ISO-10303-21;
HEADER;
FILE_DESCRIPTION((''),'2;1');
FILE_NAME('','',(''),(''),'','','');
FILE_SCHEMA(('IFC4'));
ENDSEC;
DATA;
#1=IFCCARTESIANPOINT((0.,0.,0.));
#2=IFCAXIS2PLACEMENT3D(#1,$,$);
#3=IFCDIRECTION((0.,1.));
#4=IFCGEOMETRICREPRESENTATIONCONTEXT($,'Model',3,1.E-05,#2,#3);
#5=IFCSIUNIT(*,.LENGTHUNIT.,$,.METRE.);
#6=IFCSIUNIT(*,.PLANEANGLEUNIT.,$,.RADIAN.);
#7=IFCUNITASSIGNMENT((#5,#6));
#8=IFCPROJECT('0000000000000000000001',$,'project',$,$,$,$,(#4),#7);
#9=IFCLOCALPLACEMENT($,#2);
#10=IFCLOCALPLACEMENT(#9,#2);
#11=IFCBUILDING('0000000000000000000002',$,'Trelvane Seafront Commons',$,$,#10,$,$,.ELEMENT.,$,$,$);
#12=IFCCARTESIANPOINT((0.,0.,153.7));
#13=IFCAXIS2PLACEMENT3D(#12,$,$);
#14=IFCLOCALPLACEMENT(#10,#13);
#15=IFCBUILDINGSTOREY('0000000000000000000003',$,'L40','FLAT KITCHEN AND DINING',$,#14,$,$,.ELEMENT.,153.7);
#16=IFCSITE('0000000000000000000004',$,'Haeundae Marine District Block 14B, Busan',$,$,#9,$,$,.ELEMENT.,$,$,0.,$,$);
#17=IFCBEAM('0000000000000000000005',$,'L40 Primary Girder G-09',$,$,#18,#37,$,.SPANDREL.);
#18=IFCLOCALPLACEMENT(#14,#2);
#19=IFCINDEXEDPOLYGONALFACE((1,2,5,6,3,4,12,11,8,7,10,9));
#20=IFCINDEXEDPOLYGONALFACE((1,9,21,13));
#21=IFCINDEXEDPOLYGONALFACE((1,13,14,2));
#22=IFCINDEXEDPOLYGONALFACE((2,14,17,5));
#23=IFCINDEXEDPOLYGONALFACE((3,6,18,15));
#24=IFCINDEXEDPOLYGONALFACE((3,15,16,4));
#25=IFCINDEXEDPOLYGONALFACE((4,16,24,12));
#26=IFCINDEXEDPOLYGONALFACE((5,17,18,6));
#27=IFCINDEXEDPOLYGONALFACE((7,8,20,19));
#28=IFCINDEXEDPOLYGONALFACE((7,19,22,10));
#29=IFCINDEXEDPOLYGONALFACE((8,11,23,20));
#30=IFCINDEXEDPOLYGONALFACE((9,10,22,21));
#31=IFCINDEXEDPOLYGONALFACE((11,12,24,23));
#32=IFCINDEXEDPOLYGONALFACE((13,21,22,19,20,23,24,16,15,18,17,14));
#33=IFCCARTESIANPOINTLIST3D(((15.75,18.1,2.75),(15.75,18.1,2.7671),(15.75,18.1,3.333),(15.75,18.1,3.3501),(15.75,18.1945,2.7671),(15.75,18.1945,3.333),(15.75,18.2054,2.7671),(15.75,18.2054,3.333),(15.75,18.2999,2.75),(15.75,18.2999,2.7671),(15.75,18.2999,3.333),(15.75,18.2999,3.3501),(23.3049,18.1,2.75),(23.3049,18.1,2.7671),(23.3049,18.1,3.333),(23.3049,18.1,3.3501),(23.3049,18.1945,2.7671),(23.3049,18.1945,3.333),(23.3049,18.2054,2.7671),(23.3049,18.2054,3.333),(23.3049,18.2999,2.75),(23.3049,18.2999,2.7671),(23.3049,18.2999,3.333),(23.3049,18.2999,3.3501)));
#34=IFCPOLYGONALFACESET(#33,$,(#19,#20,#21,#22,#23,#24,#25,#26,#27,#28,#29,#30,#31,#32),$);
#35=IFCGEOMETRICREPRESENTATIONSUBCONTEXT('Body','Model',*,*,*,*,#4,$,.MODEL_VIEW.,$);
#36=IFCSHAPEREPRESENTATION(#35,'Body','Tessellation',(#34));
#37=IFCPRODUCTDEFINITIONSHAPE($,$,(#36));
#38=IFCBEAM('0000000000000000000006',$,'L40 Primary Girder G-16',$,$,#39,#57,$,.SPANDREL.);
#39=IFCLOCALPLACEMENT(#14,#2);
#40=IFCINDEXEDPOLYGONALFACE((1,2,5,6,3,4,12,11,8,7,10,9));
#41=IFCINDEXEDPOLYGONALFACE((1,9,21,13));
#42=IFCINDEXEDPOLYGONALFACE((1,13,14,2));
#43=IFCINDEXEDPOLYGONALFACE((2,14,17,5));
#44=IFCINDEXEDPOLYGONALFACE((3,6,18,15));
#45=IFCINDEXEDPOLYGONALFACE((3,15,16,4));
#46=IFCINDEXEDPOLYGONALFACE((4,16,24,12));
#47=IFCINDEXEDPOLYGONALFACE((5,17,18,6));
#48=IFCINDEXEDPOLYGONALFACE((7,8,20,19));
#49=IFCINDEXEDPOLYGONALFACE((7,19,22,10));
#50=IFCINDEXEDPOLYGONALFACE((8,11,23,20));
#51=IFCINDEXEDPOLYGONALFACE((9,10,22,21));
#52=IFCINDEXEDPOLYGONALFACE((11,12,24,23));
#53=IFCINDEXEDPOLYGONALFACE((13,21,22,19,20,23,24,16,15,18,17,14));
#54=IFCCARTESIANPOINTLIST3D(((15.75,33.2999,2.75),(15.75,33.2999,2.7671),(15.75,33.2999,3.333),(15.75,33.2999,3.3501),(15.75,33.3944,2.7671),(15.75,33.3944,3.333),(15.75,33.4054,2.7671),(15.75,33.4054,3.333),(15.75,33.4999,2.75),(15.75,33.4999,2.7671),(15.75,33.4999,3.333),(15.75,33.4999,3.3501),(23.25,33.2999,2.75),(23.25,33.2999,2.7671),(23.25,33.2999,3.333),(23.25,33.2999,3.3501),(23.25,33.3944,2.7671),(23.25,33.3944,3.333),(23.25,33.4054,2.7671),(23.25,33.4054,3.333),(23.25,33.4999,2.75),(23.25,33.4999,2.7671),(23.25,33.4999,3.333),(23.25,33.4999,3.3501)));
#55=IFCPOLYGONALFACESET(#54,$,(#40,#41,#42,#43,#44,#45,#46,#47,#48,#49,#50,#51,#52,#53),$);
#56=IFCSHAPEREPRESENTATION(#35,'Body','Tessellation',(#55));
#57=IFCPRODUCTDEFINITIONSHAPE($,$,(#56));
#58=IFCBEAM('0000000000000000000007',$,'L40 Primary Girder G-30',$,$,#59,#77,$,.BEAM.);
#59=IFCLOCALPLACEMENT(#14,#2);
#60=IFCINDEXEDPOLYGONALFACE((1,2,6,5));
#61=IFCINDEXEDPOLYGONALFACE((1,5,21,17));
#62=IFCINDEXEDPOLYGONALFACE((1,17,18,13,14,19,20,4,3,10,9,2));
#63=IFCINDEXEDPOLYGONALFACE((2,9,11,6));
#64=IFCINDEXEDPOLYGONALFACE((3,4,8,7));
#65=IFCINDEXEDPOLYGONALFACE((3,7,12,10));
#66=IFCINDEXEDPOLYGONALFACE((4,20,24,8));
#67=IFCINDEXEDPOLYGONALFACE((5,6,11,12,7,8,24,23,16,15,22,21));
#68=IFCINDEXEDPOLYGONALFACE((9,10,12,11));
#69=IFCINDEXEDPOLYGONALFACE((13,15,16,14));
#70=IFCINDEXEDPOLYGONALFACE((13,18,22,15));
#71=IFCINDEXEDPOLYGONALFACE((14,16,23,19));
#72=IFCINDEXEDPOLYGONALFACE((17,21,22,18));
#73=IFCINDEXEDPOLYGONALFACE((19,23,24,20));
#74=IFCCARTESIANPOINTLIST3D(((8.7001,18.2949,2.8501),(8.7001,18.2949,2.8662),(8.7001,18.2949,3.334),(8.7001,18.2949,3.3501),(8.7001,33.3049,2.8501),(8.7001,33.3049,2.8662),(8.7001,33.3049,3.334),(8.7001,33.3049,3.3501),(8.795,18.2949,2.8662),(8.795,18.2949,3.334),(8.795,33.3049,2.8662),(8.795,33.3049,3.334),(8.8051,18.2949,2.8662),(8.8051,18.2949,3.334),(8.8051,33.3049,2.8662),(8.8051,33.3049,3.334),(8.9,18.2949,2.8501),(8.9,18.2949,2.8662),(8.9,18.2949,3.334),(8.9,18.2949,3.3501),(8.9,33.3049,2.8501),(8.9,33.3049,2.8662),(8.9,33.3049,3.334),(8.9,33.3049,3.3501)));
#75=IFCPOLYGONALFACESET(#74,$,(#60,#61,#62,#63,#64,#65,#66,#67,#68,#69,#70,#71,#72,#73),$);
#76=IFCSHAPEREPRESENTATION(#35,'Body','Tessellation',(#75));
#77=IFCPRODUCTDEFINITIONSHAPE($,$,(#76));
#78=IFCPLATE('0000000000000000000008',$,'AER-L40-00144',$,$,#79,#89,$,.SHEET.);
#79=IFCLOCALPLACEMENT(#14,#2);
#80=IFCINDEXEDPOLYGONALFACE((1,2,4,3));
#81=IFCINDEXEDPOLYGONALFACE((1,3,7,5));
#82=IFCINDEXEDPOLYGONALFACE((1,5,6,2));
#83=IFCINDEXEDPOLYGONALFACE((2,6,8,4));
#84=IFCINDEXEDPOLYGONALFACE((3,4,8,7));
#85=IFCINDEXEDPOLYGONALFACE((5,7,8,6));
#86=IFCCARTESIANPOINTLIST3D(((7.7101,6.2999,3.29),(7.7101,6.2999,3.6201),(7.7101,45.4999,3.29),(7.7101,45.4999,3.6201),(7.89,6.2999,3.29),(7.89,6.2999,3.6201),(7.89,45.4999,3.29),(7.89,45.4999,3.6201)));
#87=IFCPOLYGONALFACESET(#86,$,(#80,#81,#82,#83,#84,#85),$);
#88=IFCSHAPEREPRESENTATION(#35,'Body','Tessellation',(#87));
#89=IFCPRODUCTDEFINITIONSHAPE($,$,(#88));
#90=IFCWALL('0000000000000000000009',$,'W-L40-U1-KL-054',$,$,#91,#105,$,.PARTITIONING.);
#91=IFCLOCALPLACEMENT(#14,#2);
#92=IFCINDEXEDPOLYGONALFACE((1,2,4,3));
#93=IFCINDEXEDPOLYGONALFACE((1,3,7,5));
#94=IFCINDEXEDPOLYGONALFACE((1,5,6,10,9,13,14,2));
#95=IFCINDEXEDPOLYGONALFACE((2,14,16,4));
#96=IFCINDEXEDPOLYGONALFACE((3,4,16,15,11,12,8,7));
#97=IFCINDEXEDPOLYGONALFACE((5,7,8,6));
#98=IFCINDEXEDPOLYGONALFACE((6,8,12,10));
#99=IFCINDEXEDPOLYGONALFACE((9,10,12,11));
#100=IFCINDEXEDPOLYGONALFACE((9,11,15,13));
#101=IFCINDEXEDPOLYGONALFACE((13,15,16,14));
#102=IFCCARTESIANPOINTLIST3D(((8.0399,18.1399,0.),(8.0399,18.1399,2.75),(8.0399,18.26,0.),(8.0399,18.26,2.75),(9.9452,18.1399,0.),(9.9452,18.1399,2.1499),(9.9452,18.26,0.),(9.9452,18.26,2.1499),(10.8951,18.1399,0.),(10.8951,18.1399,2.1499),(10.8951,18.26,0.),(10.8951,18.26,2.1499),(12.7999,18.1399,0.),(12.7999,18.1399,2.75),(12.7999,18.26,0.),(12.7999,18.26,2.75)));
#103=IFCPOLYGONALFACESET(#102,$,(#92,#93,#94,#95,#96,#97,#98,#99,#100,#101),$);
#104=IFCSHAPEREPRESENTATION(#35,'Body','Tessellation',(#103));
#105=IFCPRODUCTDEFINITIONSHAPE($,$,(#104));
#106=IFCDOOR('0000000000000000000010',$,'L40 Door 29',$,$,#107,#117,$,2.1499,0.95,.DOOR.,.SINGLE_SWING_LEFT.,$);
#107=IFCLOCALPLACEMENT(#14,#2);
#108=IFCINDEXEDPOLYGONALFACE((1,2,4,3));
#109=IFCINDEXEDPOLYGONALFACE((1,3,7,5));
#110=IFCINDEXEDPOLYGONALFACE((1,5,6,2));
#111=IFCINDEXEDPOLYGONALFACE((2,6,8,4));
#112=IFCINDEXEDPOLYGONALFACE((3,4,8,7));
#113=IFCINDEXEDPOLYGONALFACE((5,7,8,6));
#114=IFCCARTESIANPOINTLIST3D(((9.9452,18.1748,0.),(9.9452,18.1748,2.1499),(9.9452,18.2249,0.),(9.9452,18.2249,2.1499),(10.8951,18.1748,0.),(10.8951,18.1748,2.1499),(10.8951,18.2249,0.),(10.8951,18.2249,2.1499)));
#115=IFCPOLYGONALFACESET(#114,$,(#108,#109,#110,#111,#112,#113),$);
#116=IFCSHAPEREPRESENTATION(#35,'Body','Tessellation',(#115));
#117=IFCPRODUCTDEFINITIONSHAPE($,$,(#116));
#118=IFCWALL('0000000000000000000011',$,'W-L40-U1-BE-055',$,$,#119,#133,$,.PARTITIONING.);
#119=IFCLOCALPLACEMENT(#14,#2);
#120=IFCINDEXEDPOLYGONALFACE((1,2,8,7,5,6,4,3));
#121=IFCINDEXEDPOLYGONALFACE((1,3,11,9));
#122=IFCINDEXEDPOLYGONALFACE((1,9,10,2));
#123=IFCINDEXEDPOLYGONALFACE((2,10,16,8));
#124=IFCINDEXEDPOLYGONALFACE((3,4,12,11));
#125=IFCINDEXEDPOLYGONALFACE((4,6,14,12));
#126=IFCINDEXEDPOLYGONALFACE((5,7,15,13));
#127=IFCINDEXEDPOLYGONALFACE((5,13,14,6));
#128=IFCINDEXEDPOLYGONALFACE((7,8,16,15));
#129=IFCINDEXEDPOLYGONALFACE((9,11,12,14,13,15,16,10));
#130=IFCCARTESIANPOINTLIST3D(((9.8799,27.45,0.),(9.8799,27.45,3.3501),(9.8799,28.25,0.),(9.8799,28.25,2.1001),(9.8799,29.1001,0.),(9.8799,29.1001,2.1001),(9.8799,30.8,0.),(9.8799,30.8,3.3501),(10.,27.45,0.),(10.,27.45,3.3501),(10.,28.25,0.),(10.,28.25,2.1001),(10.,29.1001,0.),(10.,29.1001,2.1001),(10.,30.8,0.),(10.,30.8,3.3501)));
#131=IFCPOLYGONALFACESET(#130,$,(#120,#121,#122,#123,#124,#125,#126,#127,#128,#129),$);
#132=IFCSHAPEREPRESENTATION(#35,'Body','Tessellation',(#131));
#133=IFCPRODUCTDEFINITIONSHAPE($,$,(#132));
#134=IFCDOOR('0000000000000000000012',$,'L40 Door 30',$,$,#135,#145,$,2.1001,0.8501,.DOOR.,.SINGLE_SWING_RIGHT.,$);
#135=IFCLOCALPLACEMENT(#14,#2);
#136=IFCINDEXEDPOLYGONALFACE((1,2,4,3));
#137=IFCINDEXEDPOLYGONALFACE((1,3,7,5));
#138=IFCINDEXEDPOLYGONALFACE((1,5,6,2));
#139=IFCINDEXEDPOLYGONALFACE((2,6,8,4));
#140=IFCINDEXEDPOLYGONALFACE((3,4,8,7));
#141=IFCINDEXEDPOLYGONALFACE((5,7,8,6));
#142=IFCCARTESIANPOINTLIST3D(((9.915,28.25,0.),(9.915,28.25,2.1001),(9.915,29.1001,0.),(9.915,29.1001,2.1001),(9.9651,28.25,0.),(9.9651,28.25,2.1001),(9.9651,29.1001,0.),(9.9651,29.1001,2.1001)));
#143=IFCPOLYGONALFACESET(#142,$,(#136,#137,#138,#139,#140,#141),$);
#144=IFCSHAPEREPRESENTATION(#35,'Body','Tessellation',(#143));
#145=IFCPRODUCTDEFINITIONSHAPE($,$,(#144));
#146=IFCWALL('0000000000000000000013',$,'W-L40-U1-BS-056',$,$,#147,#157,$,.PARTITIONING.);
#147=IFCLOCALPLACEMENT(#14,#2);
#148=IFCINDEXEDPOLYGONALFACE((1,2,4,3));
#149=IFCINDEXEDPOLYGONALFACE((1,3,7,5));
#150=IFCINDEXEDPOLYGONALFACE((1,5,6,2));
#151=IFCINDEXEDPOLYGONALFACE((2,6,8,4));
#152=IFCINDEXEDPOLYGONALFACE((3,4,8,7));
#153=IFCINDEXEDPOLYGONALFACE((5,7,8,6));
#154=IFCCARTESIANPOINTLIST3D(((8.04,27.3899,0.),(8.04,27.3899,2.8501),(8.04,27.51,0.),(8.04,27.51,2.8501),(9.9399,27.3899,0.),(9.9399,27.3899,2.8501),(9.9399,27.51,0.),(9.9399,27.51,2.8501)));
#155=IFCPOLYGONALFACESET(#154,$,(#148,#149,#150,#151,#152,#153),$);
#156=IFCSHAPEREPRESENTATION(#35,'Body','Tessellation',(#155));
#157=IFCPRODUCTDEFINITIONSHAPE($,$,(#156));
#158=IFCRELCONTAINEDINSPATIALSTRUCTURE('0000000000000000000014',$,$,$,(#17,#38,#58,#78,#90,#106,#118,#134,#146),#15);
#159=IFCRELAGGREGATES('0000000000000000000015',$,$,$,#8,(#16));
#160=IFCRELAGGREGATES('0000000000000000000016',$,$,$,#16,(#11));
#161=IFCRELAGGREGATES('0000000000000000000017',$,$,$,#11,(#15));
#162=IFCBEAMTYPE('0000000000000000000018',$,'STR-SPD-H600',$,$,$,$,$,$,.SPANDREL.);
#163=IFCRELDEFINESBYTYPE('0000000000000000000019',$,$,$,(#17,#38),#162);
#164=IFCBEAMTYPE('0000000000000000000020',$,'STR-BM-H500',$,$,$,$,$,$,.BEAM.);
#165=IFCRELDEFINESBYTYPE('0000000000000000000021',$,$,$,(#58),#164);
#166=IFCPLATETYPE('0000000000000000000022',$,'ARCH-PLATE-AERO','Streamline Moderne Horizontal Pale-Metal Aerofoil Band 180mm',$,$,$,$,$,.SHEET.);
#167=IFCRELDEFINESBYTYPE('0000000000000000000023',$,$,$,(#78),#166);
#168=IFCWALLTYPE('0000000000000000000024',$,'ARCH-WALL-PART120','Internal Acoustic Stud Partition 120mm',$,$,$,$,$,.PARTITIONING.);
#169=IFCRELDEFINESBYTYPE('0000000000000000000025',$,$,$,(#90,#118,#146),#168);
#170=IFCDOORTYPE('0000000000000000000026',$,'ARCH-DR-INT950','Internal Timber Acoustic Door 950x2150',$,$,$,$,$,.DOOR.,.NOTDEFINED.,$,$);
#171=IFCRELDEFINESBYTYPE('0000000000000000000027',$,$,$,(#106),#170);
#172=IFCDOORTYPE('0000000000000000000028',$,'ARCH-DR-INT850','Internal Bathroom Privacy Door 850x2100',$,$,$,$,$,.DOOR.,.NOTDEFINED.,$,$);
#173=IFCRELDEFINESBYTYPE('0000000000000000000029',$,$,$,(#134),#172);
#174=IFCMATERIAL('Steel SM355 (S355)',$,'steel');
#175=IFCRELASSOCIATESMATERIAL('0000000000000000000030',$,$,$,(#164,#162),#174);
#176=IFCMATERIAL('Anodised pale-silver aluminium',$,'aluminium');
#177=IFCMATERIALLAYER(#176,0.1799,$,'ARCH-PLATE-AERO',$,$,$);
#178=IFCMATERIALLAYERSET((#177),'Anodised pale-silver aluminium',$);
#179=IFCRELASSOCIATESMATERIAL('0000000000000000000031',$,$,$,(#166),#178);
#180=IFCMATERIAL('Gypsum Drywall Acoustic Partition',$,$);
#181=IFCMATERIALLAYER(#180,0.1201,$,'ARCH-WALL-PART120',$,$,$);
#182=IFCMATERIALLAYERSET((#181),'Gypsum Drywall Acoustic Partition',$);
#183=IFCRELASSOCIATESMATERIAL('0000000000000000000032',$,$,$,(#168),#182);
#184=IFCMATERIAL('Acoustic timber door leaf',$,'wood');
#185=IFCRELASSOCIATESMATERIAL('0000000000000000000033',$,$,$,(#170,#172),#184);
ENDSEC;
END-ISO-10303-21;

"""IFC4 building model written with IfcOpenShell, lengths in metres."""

from ifc_helpers import new_model, si_unit, direction, frame, frame_2d, origin, origin_2d, place, context, subcontext, project, spatial, rectangle, i_section, extrude, source, transform, mapped, material, layer, layer_set, material_profile, profile_set, type_object, element, fill, save


model = new_model("IFC4")

# Units and contexts
model_context = context("Model", 3, precision=1e-05, world=origin(), true_north=direction((0.0, 1.0)))
body_context = subcontext(model_context, "Body", "Model", "MODEL_VIEW")
ifc_project = project(units=[si_unit("LENGTHUNIT", "METRE"), si_unit("PLANEANGLEUNIT", "RADIAN")], contexts=[model_context])

# Site, building, storey
site_placement = place(None, origin())
site = spatial("IfcSite", under=ifc_project, at=site_placement, Name="Haeundae Marine District Block 14B, Busan", CompositionType="ELEMENT", RefElevation=0.0)
building_placement = place(site_placement, origin())
building = spatial("IfcBuilding", under=site, at=building_placement, Name="Trelvane Seafront Commons", CompositionType="ELEMENT")
storey_placement = place(building_placement, frame((0.0, 0.0, 153.7)))
storey = spatial("IfcBuildingStorey", under=building, at=storey_placement, Name="L40", Description="FLAT KITCHEN AND DINING", CompositionType="ELEMENT", Elevation=153.7)

# Shared definitions
ifc_material_1 = material(Name="Steel SM355 (S355)", Category="steel")

# Beams
ifc_material_profile_1 = material_profile(ifc_material_1, i_section(OverallWidth=0.2, OverallDepth=0.5, WebThickness=0.01, FlangeThickness=0.0161, at=origin_2d()), Name="H-500x200x10x16")
ifc_profile_set_1 = profile_set([ifc_material_profile_1], Name="Steel SM355 (S355)")
beam_type_1 = type_object("IfcBeamType", Name="STR-BM-H500", PredefinedType="BEAM", material=ifc_profile_set_1)
ifc_material_profile_2 = material_profile(ifc_material_1, i_section(OverallWidth=0.2, OverallDepth=0.6001, WebThickness=0.011, FlangeThickness=0.0171, at=origin_2d()), Name="H-600x200x11x17")
ifc_profile_set_2 = profile_set([ifc_material_profile_2], Name="Steel SM355 (S355)")
beam_type_2 = type_object("IfcBeamType", Name="STR-SPD-H600", PredefinedType="SPANDREL", material=ifc_profile_set_2)
shared_shape_1 = source(origin(), body_context, "Body", "SweptSolid", [
    extrude(i_section(OverallWidth=0.2, OverallDepth=0.6001, WebThickness=0.011, FlangeThickness=0.0171, at=origin_2d()), origin(), (0.0, 0.0, 1.0), 7.5549),
])
beam_1_placement = place(storey_placement, frame((15.75, 18.2, 3.05), z_axis=(1.0, 0.0, 0.0), x_axis=(0.0, 1.0, 0.0)))
element("IfcBeam", 1, at=beam_1_placement, inside=storey, type_object=beam_type_2, Name="L40 Primary Girder G-09", PredefinedType="SPANDREL", context=body_context, shape_type="MappedRepresentation", body=[
    mapped(shared_shape_1, transform((0.0, 0.0, 0.0), x_axis=(1.0, 0.0, 0.0), y_axis=(0.0, 1.0, 0.0), z_axis=(0.0, 0.0, 1.0), scale=1.0)),
])
shared_shape_2 = source(origin(), body_context, "Body", "SweptSolid", [
    extrude(i_section(OverallWidth=0.2, OverallDepth=0.6001, WebThickness=0.011, FlangeThickness=0.0171, at=origin_2d()), origin(), (0.0, 0.0, 1.0), 7.5),
])
beam_2_placement = place(storey_placement, frame((15.75, 33.3999, 3.05), z_axis=(1.0, 0.0, 0.0), x_axis=(0.0, 1.0, 0.0)))
element("IfcBeam", 2, at=beam_2_placement, inside=storey, type_object=beam_type_2, Name="L40 Primary Girder G-16", PredefinedType="SPANDREL", context=body_context, shape_type="MappedRepresentation", body=[
    mapped(shared_shape_2, transform((0.0, 0.0, 0.0), x_axis=(1.0, 0.0, 0.0), y_axis=(0.0, 1.0, 0.0), z_axis=(0.0, 0.0, 1.0), scale=1.0)),
])
shared_shape_3 = source(origin(), body_context, "Body", "SweptSolid", [
    extrude(i_section(OverallWidth=0.2, OverallDepth=0.5, WebThickness=0.01, FlangeThickness=0.0161, at=origin_2d()), origin(), (0.0, 0.0, 1.0), 15.01),
])
beam_3_placement = place(storey_placement, frame((8.8, 18.2949, 3.1001), z_axis=(0.0, 1.0, 0.0), x_axis=(-1.0, 0.0, 0.0)))
element("IfcBeam", 3, at=beam_3_placement, inside=storey, type_object=beam_type_1, Name="L40 Primary Girder G-30", PredefinedType="BEAM", context=body_context, shape_type="MappedRepresentation", body=[
    mapped(shared_shape_3, transform((0.0, 0.0, 0.0), x_axis=(1.0, 0.0, 0.0), y_axis=(0.0, 1.0, 0.0), z_axis=(0.0, 0.0, 1.0), scale=1.0)),
])

# Plate
ifc_material_2 = material(Name="Anodised pale-silver aluminium", Category="aluminium")
ifc_layer_1 = layer(ifc_material_2, 0.1799, Name="ARCH-PLATE-AERO")
ifc_layer_set_1 = layer_set([ifc_layer_1], Name="Anodised pale-silver aluminium")
plate_type = type_object("IfcPlateType", Name="ARCH-PLATE-AERO", Description="Streamline Moderne Horizontal Pale-Metal Aerofoil Band 180mm", PredefinedType="SHEET", material=ifc_layer_set_1)
shared_shape_4 = source(origin(), body_context, "Body", "SweptSolid", [
    extrude(rectangle(XDim=39.2, YDim=0.1799, at=origin_2d()), origin(), (0.0, 0.0, 1.0), 0.3301),
])
plate_placement = place(storey_placement, frame((7.8, 25.8999, 3.29), z_axis=(0.0, 0.0, 1.0), x_axis=(0.0, 1.0, 0.0)))
element("IfcPlate", 4, at=plate_placement, inside=storey, type_object=plate_type, Name="AER-L40-00144", PredefinedType="SHEET", context=body_context, shape_type="MappedRepresentation", body=[
    mapped(shared_shape_4, transform((0.0, 0.0, 0.0), x_axis=(1.0, 0.0, 0.0), y_axis=(0.0, 1.0, 0.0), z_axis=(0.0, 0.0, 1.0), scale=1.0)),
])

# Walls, openings, doors
ifc_material_3 = material(Name="Gypsum Drywall Acoustic Partition")
ifc_layer_2 = layer(ifc_material_3, 0.1201, Name="ARCH-WALL-PART120")
ifc_layer_set_2 = layer_set([ifc_layer_2], Name="Gypsum Drywall Acoustic Partition")
wall_type_1 = type_object("IfcWallType", Name="ARCH-WALL-PART120", Description="Internal Acoustic Stud Partition 120mm", PredefinedType="PARTITIONING", material=ifc_layer_set_2)
wall_1_placement = place(storey_placement, frame((8.04, 18.2, 0.0), z_axis=(0.0, 0.0, 1.0), x_axis=(1.0, 0.0, 0.0)))
wall_1 = element("IfcWall", 5, at=wall_1_placement, inside=storey, type_object=wall_type_1, Name="W-L40-U1-KL-054", PredefinedType="PARTITIONING", context=body_context, shape_type="SweptSolid", body=[
    extrude(rectangle(XDim=4.76, YDim=0.1201, at=frame_2d((2.3799, 0.0))), origin(), (0.0, 0.0, 1.0), 2.75),
])
opening_1_placement = place(wall_1_placement, frame((1.905, 0.0, 0.0)))
opening_1 = element("IfcOpeningElement", 6, at=opening_1_placement, cuts=wall_1, PredefinedType="OPENING", context=body_context, shape_type="SweptSolid", body=[
    extrude(rectangle(XDim=0.95, YDim=2.1499, at=frame_2d((0.4751, 1.075))), frame((0.0, 0.0701, 0.0), z_axis=(0.0, -1.0, 0.0), x_axis=(1.0, 0.0, 0.0)), (0.0, 0.0, 1.0), 0.1401),
])
ifc_material_4 = material(Name="Acoustic timber door leaf", Category="wood")
door_type_1 = type_object("IfcDoorType", Name="ARCH-DR-INT950", Description="Internal Timber Acoustic Door 950x2150", OperationType="NOTDEFINED", PredefinedType="DOOR", material=ifc_material_4)
shared_shape_5 = source(origin(), body_context, "Body", "SweptSolid", [
    extrude(rectangle(XDim=0.95, YDim=2.1499, at=frame_2d((0.4751, 1.075))), frame((0.0, 0.0249, 0.0), z_axis=(0.0, -1.0, 0.0), x_axis=(1.0, 0.0, 0.0)), (0.0, 0.0, 1.0), 0.05),
])
door_1_placement = place(opening_1_placement, origin())
door_1 = element("IfcDoor", 7, at=door_1_placement, inside=storey, type_object=door_type_1, Name="L40 Door 29", OperationType="SINGLE_SWING_LEFT", OverallHeight=2.1499, OverallWidth=0.95, PredefinedType="DOOR", context=body_context, shape_type="MappedRepresentation", body=[
    mapped(shared_shape_5, transform((0.0, 0.0, 0.0), x_axis=(1.0, 0.0, 0.0), y_axis=(0.0, 1.0, 0.0), z_axis=(0.0, 0.0, 1.0), scale=1.0)),
])
fill(opening_1, door_1)
wall_2_placement = place(storey_placement, frame((9.9399, 27.45, 0.0), z_axis=(0.0, 0.0, 1.0), x_axis=(0.0, 1.0, 0.0)))
wall_2 = element("IfcWall", 8, at=wall_2_placement, inside=storey, type_object=wall_type_1, Name="W-L40-U1-BE-055", PredefinedType="PARTITIONING", context=body_context, shape_type="SweptSolid", body=[
    extrude(rectangle(XDim=3.3501, YDim=0.1201, at=frame_2d((1.675, 0.0))), origin(), (0.0, 0.0, 1.0), 3.3501),
])
opening_2_placement = place(wall_2_placement, frame((0.8, 0.0, 0.0)))
opening_2 = element("IfcOpeningElement", 9, at=opening_2_placement, cuts=wall_2, PredefinedType="OPENING", context=body_context, shape_type="SweptSolid", body=[
    extrude(rectangle(XDim=0.8501, YDim=2.1001, at=frame_2d((0.425, 1.05))), frame((0.0, 0.0701, 0.0), z_axis=(0.0, -1.0, 0.0), x_axis=(1.0, 0.0, 0.0)), (0.0, 0.0, 1.0), 0.1401),
])
door_type_2 = type_object("IfcDoorType", Name="ARCH-DR-INT850", Description="Internal Bathroom Privacy Door 850x2100", OperationType="NOTDEFINED", PredefinedType="DOOR", material=ifc_material_4)
shared_shape_6 = source(origin(), body_context, "Body", "SweptSolid", [
    extrude(rectangle(XDim=0.8501, YDim=2.1001, at=frame_2d((0.425, 1.05))), frame((0.0, 0.0249, 0.0), z_axis=(0.0, -1.0, 0.0), x_axis=(1.0, 0.0, 0.0)), (0.0, 0.0, 1.0), 0.05),
])
door_2_placement = place(opening_2_placement, origin())
door_2 = element("IfcDoor", 10, at=door_2_placement, inside=storey, type_object=door_type_2, Name="L40 Door 30", OperationType="SINGLE_SWING_RIGHT", OverallHeight=2.1001, OverallWidth=0.8501, PredefinedType="DOOR", context=body_context, shape_type="MappedRepresentation", body=[
    mapped(shared_shape_6, transform((0.0, 0.0, 0.0), x_axis=(1.0, 0.0, 0.0), y_axis=(0.0, 1.0, 0.0), z_axis=(0.0, 0.0, 1.0), scale=1.0)),
])
fill(opening_2, door_2)

# Wall
wall_3_placement = place(storey_placement, frame((8.04, 27.45, 0.0), z_axis=(0.0, 0.0, 1.0), x_axis=(1.0, 0.0, 0.0)))
element("IfcWall", 11, at=wall_3_placement, inside=storey, type_object=wall_type_1, Name="W-L40-U1-BS-056", PredefinedType="PARTITIONING", context=body_context, shape_type="SweptSolid", body=[
    extrude(rectangle(XDim=1.8999, YDim=0.1201, at=frame_2d((0.95, 0.0))), origin(), (0.0, 0.0, 1.0), 2.8501),
])

save(model, "model.ifc")
